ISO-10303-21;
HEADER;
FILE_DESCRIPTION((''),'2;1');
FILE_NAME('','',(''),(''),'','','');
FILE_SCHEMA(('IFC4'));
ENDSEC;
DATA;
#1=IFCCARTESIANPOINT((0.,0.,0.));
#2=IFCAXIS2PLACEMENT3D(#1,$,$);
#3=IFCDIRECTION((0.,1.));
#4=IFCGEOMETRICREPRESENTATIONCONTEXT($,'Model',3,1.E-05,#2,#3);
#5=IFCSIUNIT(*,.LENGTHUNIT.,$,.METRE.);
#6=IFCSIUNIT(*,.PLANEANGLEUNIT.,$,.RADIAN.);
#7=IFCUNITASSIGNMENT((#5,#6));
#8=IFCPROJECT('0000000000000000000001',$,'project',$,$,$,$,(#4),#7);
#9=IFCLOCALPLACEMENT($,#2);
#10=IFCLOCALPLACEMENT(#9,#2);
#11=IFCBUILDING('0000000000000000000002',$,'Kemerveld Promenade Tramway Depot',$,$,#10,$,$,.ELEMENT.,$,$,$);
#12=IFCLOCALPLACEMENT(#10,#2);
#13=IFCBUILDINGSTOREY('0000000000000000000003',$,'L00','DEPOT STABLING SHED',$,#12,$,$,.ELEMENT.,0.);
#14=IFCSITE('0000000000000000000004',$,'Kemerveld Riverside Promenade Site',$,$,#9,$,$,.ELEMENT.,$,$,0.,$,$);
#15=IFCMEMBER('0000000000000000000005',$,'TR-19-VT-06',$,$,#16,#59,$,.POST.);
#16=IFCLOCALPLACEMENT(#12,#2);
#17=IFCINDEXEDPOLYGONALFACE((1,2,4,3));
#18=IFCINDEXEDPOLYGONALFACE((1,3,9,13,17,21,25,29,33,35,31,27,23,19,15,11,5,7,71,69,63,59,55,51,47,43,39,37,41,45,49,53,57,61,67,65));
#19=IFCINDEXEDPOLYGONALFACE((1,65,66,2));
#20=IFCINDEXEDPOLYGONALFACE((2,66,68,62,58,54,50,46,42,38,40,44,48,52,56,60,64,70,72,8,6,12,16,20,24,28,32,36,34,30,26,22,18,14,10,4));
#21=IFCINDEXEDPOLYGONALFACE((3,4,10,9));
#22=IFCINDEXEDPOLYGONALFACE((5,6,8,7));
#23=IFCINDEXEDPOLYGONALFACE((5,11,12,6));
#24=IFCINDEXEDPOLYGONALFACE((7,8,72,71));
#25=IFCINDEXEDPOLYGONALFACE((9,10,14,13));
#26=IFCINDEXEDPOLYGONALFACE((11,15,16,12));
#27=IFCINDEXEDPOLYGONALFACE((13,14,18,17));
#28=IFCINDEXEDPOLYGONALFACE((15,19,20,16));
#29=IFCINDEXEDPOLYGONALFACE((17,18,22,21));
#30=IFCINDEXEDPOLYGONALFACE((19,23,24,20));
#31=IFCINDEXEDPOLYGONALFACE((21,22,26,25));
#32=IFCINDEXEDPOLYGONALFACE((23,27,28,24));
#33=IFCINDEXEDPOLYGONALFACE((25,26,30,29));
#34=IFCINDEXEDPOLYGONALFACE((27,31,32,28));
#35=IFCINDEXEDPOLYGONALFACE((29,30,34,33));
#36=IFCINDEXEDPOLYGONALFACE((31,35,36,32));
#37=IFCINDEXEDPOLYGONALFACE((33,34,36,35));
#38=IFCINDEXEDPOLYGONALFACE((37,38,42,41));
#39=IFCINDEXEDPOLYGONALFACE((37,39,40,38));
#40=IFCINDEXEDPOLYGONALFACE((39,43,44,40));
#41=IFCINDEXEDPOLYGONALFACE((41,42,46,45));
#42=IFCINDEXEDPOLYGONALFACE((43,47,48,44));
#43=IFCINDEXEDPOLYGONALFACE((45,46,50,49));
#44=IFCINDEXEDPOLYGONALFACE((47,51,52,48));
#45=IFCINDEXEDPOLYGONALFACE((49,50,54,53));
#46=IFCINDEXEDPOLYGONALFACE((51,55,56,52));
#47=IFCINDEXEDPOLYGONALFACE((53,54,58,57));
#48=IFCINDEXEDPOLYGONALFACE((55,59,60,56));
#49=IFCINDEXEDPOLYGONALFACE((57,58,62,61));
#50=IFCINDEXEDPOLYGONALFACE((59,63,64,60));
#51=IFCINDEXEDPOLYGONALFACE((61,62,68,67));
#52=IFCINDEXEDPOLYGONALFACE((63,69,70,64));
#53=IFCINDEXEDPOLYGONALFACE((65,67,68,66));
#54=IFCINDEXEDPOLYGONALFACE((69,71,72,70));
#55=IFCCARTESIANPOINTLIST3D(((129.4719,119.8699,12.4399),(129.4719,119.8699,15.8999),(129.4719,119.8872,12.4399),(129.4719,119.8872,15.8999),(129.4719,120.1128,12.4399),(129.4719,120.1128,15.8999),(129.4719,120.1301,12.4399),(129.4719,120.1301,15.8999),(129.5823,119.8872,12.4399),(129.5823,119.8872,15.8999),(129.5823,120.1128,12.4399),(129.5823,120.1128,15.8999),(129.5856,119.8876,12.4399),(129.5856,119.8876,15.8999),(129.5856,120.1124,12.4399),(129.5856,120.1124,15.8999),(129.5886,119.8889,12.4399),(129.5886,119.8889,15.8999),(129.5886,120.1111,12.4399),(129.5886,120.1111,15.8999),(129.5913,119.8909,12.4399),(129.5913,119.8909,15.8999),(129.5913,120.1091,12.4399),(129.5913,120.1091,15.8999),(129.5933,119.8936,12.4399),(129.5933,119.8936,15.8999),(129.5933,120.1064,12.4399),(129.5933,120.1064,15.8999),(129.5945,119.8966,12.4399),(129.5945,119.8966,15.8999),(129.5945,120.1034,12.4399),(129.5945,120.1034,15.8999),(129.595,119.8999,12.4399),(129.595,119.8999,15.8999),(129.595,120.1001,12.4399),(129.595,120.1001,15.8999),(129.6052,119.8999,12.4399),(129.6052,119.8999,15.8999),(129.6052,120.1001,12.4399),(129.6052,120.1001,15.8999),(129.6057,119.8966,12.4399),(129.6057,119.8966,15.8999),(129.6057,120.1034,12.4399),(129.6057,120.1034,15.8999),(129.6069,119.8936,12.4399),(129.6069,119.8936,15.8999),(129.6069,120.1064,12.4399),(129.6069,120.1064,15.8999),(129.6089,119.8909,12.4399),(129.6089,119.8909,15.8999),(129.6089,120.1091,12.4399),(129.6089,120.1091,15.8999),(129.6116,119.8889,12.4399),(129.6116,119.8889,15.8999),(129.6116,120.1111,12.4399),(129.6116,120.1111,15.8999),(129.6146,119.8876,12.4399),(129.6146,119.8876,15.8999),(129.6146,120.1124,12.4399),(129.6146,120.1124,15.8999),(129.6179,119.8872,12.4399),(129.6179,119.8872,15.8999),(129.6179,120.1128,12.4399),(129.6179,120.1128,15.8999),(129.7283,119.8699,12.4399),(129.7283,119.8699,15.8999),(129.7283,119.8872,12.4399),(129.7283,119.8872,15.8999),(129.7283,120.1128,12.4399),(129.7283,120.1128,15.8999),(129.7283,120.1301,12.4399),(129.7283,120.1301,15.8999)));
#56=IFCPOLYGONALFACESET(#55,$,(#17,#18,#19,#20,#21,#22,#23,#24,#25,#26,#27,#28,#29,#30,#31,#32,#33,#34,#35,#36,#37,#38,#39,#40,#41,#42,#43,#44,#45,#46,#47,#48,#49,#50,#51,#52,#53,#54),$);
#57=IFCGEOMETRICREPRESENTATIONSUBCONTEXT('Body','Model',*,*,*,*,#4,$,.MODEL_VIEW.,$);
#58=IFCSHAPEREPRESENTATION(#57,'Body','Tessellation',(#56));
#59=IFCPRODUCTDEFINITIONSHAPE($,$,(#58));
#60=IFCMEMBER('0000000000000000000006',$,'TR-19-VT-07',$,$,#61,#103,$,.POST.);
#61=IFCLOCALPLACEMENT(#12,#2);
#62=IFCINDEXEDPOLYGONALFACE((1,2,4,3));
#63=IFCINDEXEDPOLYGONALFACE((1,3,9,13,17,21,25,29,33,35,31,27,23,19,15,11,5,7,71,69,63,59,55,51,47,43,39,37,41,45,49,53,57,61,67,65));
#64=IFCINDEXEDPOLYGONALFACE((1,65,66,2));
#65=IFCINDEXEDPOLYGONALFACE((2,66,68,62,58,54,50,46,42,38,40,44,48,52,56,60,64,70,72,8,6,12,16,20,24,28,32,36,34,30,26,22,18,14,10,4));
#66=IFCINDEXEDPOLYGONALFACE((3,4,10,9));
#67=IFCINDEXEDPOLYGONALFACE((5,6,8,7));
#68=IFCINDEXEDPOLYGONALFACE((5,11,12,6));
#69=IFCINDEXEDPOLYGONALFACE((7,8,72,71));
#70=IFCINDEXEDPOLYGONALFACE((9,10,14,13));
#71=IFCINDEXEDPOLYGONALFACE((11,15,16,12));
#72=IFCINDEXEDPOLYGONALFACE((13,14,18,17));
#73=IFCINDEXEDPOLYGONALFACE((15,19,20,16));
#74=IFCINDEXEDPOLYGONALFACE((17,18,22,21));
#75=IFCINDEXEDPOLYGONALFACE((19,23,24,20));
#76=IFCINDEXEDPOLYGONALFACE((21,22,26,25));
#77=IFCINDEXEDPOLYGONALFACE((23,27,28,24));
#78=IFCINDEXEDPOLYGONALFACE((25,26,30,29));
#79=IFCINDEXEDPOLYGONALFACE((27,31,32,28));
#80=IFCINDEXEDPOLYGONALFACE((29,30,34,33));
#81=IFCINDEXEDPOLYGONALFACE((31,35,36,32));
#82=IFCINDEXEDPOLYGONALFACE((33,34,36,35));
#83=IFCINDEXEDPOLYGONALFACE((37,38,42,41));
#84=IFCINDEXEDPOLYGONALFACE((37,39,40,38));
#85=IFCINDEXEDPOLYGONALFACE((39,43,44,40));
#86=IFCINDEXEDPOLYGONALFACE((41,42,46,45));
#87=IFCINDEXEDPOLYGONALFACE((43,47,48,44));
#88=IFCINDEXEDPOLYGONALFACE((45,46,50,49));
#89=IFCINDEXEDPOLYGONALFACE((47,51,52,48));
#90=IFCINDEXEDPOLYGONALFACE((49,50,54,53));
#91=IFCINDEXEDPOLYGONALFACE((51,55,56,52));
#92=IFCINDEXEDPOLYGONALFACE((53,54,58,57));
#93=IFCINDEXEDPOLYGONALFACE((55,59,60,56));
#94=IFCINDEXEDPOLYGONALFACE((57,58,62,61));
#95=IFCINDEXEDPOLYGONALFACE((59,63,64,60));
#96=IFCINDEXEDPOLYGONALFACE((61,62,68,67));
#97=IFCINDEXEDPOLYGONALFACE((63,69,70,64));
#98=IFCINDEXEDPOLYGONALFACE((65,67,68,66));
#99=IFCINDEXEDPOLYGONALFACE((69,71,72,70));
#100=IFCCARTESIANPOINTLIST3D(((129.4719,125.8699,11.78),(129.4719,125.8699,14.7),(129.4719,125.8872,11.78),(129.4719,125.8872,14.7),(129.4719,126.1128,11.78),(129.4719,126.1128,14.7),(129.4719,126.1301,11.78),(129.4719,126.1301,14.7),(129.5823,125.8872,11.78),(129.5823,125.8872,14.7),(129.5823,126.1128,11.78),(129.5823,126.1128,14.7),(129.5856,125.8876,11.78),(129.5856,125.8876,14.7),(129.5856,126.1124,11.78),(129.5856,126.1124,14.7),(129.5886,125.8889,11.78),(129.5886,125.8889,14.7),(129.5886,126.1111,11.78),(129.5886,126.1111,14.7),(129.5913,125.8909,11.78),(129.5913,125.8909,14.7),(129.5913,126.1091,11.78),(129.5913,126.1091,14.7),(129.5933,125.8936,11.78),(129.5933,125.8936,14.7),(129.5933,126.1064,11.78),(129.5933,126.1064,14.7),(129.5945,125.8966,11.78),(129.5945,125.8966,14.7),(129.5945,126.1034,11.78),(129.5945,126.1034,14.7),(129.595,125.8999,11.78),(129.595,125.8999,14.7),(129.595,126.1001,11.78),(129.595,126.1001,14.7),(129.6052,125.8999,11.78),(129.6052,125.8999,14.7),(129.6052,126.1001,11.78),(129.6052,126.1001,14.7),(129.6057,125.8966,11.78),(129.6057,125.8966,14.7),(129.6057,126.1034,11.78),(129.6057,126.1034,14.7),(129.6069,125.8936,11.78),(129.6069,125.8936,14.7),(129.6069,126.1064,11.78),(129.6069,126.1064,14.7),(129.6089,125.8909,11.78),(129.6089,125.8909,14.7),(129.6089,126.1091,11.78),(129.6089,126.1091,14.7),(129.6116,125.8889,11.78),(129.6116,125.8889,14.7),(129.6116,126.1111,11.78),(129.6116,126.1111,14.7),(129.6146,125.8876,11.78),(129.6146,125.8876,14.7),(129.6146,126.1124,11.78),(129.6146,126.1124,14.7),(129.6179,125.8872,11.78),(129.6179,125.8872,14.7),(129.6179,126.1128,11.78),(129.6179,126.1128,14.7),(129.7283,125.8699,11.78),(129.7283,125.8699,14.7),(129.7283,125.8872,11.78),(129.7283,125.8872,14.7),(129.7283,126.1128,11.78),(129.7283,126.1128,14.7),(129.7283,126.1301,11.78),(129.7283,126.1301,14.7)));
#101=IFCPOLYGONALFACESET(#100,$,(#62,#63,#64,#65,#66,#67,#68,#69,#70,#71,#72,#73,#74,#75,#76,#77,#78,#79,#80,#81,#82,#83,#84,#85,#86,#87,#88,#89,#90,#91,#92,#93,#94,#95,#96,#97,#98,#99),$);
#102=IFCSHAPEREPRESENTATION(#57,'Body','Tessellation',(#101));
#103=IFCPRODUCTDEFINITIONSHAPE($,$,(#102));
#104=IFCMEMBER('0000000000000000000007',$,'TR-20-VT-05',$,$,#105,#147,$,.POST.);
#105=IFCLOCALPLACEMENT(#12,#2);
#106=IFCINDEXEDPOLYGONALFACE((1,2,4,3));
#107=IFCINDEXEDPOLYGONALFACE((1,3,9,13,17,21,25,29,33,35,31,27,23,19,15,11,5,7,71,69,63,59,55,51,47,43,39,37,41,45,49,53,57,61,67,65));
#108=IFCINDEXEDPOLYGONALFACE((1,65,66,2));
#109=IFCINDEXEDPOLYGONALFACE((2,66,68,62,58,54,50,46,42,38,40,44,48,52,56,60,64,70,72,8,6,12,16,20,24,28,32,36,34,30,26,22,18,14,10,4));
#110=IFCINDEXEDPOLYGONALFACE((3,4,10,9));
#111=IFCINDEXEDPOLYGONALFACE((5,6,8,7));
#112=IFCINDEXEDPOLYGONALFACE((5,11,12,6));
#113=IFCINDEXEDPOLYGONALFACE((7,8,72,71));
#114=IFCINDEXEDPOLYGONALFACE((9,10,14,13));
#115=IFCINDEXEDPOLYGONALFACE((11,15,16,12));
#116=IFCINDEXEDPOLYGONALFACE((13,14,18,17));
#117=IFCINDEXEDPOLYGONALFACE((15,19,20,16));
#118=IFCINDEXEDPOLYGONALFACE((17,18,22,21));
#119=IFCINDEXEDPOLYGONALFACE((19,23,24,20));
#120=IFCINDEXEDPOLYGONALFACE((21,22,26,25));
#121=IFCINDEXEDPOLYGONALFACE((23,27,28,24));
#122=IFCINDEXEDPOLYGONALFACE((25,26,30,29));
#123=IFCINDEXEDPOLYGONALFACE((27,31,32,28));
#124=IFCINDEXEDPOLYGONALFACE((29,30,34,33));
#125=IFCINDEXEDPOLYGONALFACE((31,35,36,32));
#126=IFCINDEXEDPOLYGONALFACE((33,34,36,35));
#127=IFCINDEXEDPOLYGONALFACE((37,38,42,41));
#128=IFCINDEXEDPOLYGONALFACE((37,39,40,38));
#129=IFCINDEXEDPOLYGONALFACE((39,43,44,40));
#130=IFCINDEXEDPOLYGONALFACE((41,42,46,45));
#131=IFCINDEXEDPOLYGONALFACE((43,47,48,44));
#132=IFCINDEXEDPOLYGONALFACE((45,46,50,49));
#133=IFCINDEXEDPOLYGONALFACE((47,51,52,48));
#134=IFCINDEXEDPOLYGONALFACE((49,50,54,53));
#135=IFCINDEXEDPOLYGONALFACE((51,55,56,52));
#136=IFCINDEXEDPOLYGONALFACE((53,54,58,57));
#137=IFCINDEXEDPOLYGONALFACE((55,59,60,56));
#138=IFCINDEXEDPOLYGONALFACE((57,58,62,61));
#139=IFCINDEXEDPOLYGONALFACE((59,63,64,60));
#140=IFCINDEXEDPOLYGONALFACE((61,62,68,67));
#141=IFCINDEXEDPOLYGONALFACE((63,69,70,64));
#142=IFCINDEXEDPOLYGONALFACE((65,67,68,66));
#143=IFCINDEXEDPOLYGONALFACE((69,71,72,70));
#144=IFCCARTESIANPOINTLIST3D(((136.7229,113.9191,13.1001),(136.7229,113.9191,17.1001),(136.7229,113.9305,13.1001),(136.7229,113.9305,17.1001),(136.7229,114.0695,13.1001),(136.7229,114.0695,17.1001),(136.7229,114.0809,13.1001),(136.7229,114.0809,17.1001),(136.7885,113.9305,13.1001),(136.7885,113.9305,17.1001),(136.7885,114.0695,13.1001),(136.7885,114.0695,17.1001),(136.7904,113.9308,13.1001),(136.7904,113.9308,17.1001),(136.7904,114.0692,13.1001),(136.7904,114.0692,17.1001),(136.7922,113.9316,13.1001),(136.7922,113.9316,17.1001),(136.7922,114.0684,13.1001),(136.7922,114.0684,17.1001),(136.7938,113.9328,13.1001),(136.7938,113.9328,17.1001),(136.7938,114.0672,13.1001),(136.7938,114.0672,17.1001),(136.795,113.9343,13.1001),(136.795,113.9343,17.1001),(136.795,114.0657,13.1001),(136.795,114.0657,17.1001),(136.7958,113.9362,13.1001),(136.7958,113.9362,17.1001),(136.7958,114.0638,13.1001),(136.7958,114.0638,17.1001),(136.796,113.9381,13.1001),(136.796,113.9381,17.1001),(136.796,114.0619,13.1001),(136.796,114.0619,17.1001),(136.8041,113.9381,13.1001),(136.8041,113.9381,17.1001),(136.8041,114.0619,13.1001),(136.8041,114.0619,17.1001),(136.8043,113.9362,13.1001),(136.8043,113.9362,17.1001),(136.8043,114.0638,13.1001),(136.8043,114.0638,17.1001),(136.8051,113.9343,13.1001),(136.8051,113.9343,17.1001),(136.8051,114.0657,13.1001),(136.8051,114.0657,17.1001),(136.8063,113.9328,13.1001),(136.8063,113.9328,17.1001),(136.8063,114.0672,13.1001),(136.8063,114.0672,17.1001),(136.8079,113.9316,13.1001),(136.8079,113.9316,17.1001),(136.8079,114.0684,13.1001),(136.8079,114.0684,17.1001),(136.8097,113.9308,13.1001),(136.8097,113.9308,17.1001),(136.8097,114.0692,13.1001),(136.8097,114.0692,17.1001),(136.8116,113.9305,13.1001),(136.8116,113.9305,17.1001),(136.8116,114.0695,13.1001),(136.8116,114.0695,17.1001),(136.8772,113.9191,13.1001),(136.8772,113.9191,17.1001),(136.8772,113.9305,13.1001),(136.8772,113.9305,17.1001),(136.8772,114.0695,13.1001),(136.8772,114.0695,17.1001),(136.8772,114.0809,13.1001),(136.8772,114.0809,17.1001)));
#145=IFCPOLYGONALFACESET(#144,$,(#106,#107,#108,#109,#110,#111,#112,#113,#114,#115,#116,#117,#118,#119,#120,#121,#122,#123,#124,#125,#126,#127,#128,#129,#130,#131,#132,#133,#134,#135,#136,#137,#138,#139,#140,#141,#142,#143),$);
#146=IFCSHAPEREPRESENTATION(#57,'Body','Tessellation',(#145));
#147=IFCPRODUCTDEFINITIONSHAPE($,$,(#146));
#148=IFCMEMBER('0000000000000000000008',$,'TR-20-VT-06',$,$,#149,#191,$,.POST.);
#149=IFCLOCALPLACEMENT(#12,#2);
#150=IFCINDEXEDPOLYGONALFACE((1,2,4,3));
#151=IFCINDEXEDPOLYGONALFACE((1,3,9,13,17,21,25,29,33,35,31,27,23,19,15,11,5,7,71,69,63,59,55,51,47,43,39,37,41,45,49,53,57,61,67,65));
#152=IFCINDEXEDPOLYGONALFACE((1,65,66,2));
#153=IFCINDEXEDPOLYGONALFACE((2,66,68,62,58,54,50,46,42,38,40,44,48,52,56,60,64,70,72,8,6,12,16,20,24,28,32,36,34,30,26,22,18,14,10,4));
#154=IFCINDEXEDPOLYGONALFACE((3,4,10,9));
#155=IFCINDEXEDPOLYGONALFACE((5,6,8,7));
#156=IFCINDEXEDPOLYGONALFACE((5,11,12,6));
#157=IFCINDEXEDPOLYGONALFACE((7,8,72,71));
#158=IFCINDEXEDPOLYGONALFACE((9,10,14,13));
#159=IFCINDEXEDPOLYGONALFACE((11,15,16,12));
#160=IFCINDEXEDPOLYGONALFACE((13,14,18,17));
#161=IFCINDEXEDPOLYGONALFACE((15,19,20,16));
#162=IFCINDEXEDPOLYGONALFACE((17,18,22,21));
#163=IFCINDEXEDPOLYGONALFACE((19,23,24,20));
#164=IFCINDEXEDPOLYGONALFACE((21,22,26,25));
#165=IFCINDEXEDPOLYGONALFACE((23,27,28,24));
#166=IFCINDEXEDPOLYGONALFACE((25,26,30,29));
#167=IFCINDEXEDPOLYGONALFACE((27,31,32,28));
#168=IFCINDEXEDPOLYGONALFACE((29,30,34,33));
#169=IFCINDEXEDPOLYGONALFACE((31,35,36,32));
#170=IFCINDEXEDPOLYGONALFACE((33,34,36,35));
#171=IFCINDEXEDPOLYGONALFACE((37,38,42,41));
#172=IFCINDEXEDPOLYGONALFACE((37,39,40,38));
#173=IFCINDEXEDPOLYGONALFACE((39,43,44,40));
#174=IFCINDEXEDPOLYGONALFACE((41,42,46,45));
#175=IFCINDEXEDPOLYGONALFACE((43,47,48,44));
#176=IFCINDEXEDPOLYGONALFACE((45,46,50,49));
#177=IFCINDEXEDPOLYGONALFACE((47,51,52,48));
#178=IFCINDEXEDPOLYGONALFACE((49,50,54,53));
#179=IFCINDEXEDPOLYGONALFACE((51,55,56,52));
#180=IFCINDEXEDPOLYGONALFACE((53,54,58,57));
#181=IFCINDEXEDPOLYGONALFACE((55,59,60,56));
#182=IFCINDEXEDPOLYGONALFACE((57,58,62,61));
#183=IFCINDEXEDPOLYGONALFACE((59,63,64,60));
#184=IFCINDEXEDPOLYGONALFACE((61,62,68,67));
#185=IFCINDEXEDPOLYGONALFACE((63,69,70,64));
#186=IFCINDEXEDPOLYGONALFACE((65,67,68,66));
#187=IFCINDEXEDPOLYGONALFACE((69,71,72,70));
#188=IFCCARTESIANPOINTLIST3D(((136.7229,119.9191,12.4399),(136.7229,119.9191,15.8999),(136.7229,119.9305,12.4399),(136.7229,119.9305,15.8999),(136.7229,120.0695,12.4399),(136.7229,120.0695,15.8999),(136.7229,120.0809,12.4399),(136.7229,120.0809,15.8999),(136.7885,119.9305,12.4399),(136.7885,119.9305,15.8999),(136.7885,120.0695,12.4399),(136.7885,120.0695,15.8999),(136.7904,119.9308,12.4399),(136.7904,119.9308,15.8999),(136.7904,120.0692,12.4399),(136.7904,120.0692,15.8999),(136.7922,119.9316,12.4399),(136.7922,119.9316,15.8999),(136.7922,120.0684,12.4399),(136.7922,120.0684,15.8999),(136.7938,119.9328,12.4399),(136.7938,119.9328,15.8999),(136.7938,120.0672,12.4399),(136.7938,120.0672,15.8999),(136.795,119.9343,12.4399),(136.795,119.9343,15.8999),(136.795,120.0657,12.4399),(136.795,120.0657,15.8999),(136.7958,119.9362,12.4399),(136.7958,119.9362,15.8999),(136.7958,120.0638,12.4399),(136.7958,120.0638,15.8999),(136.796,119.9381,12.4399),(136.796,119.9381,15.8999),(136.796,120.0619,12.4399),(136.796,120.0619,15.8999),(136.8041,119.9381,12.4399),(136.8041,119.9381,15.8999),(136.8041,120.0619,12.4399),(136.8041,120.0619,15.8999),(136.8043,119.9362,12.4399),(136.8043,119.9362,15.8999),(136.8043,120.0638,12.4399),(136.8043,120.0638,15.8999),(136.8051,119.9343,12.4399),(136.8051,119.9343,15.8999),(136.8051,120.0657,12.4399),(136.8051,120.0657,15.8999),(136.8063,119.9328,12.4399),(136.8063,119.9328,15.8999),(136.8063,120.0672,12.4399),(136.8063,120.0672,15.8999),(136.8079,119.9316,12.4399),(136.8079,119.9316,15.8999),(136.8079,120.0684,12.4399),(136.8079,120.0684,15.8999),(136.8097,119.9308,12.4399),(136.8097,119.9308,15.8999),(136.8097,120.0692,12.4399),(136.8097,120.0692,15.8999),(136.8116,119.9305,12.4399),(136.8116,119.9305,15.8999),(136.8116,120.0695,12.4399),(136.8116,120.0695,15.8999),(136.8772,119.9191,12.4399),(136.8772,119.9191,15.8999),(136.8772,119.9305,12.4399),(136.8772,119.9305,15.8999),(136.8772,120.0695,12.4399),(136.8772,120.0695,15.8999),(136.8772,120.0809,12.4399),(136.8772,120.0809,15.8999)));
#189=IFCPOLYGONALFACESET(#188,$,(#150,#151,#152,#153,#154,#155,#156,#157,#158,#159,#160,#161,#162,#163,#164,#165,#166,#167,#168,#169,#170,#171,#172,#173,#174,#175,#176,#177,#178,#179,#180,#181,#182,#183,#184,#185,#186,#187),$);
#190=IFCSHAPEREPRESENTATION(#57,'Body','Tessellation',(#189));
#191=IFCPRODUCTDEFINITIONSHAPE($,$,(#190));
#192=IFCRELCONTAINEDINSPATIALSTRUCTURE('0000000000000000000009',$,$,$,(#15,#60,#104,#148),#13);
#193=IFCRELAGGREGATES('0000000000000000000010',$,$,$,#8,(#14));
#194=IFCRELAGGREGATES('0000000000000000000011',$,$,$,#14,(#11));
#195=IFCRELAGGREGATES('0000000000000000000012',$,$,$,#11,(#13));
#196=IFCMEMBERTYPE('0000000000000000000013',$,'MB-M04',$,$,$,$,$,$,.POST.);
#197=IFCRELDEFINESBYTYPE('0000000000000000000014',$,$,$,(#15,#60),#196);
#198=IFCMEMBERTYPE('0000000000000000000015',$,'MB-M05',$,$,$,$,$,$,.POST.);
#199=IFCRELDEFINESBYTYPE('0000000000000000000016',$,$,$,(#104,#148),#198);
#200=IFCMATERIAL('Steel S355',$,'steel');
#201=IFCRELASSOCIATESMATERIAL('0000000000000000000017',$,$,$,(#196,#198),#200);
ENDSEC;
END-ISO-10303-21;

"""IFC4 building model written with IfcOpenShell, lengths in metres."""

from ifc_helpers import new_model, si_unit, direction, frame, origin, origin_2d, place, context, subcontext, project, spatial, i_section, extrude, material, material_profile, profile_set, type_object, element, save


model = new_model("IFC4")

# Units and contexts
model_context = context("Model", 3, precision=1e-05, world=origin(), true_north=direction((0.0, 1.0)))
body_context = subcontext(model_context, "Body", "Model", "MODEL_VIEW")
ifc_project = project(units=[si_unit("LENGTHUNIT", "METRE"), si_unit("PLANEANGLEUNIT", "RADIAN")], contexts=[model_context])

# Site, building, storey
site_placement = place(None, origin())
site = spatial("IfcSite", under=ifc_project, at=site_placement, Name="Kemerveld Riverside Promenade Site", CompositionType="ELEMENT", RefElevation=0.0)
building_placement = place(site_placement, origin())
building = spatial("IfcBuilding", under=site, at=building_placement, Name="Kemerveld Promenade Tramway Depot", CompositionType="ELEMENT")
storey_placement = place(building_placement, origin())
storey = spatial("IfcBuildingStorey", under=building, at=storey_placement, Name="L00", Description="DEPOT STABLING SHED", CompositionType="ELEMENT", Elevation=0.0)

# Members
ifc_material_1 = material(Name="Steel S355", Category="steel")
ifc_material_profile_1 = material_profile(ifc_material_1, i_section(OverallWidth=0.2563, OverallDepth=0.2603, WebThickness=0.0103, FlangeThickness=0.0173, FilletRadius=0.0127, at=origin_2d()), Name="254x254x89 UC")
ifc_profile_set_1 = profile_set([ifc_material_profile_1], Name="Steel S355")
member_type_1 = type_object("IfcMemberType", Name="MB-M04", PredefinedType="POST", material=ifc_profile_set_1)
member_1_placement = place(storey_placement, frame((129.6001, 120.0, 12.4399), z_axis=(0.0, 0.0, 1.0), x_axis=(1.0, 0.0, 0.0)))
element("IfcMember", 1, at=member_1_placement, inside=storey, type_object=member_type_1, Name="TR-19-VT-06", PredefinedType="POST", context=body_context, shape_type="SweptSolid", body=[
    extrude(i_section(OverallWidth=0.2563, OverallDepth=0.2603, WebThickness=0.0103, FlangeThickness=0.0173, FilletRadius=0.0127, at=origin_2d()), origin(), (0.0, 0.0, 1.0), 3.46),
])
member_2_placement = place(storey_placement, frame((129.6001, 126.0, 11.78), z_axis=(0.0, 0.0, 1.0), x_axis=(1.0, 0.0, 0.0)))
element("IfcMember", 2, at=member_2_placement, inside=storey, type_object=member_type_1, Name="TR-19-VT-07", PredefinedType="POST", context=body_context, shape_type="SweptSolid", body=[
    extrude(i_section(OverallWidth=0.2563, OverallDepth=0.2603, WebThickness=0.0103, FlangeThickness=0.0173, FilletRadius=0.0127, at=origin_2d()), origin(), (0.0, 0.0, 1.0), 2.9199),
])
ifc_material_profile_2 = material_profile(ifc_material_1, i_section(OverallWidth=0.1543, OverallDepth=0.1619, WebThickness=0.0081, FlangeThickness=0.0115, FilletRadius=0.0076, at=origin_2d()), Name="152x152x37 UC")
ifc_profile_set_2 = profile_set([ifc_material_profile_2], Name="Steel S355")
member_type_2 = type_object("IfcMemberType", Name="MB-M05", PredefinedType="POST", material=ifc_profile_set_2)
member_3_placement = place(storey_placement, frame((136.8, 114.0, 13.1001), z_axis=(0.0, 0.0, 1.0), x_axis=(1.0, 0.0, 0.0)))
element("IfcMember", 3, at=member_3_placement, inside=storey, type_object=member_type_2, Name="TR-20-VT-05", PredefinedType="POST", context=body_context, shape_type="SweptSolid", body=[
    extrude(i_section(OverallWidth=0.1543, OverallDepth=0.1619, WebThickness=0.0081, FlangeThickness=0.0115, FilletRadius=0.0076, at=origin_2d()), origin(), (0.0, 0.0, 1.0), 4.0),
])
member_4_placement = place(storey_placement, frame((136.8, 120.0, 12.4399), z_axis=(0.0, 0.0, 1.0), x_axis=(1.0, 0.0, 0.0)))
element("IfcMember", 4, at=member_4_placement, inside=storey, type_object=member_type_2, Name="TR-20-VT-06", PredefinedType="POST", context=body_context, shape_type="SweptSolid", body=[
    extrude(i_section(OverallWidth=0.1543, OverallDepth=0.1619, WebThickness=0.0081, FlangeThickness=0.0115, FilletRadius=0.0076, at=origin_2d()), origin(), (0.0, 0.0, 1.0), 3.46),
])

save(model, "model.ifc")
